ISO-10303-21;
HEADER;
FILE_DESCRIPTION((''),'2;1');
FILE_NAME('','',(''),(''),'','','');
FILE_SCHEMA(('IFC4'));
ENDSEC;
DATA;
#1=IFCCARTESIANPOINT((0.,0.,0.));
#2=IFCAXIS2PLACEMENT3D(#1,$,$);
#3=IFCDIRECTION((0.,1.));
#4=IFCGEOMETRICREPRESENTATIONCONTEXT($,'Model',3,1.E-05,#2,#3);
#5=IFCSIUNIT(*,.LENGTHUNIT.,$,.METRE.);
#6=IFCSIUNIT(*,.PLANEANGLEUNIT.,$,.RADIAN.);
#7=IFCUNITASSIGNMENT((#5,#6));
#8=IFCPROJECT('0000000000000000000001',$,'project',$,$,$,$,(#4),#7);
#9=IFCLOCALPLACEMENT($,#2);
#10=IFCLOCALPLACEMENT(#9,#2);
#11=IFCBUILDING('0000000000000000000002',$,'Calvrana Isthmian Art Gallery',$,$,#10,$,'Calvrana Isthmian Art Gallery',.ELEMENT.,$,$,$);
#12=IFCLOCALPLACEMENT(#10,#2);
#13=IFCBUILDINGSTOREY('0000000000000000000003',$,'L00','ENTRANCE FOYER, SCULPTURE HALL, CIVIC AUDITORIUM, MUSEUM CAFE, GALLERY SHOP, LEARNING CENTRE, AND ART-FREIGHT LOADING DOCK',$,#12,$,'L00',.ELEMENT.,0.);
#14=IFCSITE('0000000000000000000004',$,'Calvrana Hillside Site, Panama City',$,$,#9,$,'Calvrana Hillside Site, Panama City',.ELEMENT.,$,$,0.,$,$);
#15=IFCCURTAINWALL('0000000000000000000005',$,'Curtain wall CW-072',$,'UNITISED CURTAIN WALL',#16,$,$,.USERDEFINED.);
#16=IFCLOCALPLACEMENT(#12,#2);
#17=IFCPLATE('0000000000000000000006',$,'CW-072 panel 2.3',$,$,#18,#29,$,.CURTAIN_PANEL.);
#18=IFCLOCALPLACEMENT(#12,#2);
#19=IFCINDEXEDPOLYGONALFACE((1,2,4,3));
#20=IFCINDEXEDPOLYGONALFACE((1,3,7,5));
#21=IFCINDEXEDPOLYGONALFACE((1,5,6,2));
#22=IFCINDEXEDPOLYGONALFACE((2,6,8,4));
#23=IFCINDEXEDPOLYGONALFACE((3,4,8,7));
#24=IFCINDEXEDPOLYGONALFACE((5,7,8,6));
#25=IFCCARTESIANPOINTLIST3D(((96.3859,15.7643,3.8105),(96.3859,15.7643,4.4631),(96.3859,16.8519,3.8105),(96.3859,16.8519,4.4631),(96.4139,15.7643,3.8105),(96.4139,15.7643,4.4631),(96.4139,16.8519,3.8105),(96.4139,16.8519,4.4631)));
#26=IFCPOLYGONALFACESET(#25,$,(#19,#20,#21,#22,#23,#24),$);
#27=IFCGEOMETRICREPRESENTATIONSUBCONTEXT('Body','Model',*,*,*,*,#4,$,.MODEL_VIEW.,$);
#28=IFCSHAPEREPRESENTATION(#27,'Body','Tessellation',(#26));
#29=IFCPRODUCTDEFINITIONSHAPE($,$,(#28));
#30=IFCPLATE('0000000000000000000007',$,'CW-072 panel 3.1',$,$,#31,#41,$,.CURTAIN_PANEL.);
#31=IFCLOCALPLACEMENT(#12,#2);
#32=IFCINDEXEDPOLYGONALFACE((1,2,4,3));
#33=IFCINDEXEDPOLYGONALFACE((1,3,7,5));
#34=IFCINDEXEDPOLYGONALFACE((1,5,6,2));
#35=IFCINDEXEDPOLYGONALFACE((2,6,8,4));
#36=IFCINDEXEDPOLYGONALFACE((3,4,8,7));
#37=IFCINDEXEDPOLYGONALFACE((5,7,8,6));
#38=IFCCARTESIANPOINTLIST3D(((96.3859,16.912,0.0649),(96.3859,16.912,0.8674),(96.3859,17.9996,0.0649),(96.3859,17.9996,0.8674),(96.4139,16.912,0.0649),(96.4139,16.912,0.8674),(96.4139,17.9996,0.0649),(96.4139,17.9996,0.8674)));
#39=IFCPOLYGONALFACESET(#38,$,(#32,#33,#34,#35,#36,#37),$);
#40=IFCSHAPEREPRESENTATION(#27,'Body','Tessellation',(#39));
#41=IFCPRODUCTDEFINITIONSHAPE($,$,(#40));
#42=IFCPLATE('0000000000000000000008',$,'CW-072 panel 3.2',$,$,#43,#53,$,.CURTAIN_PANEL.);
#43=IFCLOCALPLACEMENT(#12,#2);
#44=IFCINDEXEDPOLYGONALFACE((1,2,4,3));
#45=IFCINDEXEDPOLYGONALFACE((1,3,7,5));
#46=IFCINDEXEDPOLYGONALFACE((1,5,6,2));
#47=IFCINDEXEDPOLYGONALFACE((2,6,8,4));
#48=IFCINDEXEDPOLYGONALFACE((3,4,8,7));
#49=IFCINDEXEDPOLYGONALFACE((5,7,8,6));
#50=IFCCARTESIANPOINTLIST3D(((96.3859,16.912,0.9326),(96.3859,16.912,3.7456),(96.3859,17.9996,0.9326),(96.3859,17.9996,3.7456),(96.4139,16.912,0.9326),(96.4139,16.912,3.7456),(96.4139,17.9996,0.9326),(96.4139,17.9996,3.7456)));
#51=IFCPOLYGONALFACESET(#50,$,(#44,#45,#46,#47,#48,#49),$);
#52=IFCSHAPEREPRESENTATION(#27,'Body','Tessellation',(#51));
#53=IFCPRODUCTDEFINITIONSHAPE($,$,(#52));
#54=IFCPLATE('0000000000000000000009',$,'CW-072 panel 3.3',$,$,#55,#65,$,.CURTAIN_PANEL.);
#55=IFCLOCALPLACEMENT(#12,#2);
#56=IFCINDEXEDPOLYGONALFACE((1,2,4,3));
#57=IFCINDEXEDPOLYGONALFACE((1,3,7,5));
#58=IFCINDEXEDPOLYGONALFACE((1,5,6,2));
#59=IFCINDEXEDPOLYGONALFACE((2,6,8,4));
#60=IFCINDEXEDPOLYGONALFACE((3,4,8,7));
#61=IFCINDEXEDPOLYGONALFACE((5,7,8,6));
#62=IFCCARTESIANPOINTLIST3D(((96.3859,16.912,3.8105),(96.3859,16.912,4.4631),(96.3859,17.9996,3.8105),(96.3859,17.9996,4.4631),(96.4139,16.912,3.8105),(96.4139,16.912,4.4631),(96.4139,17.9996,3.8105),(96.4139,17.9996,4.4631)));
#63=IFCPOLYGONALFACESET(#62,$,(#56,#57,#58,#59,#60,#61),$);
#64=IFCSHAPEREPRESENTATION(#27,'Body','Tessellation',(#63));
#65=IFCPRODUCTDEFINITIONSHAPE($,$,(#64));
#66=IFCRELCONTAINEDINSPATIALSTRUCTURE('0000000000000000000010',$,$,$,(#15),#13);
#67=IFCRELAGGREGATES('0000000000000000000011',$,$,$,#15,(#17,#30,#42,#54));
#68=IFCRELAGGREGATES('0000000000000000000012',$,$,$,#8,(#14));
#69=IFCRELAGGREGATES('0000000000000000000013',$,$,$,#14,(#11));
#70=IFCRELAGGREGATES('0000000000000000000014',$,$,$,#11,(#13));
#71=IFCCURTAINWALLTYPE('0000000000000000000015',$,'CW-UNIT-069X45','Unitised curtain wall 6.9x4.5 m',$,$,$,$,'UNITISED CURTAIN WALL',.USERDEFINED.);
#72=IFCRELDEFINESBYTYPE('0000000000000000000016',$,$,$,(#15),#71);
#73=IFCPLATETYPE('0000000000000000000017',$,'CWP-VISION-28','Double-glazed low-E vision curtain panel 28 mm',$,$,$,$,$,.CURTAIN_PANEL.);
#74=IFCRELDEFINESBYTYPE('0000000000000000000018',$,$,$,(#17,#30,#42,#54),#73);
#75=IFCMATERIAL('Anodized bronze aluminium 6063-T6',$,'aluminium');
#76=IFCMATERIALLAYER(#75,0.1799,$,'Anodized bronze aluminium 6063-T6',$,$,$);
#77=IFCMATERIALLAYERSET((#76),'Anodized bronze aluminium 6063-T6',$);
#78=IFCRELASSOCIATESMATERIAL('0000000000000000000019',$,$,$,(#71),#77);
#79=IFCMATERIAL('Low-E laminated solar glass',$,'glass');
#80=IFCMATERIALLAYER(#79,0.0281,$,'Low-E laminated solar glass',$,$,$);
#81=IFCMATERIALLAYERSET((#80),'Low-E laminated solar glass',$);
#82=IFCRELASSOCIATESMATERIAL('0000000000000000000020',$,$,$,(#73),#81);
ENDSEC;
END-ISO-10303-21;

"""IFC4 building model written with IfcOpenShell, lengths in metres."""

from ifc_helpers import new_model, si_unit, direction, frame, origin, origin_2d, place, context, subcontext, project, spatial, rectangle, extrude, material, layer, layer_set, type_object, element, aggregate, save


model = new_model("IFC4")

# Units and contexts
model_context = context("Model", 3, precision=1e-05, world=origin(), true_north=direction((0.0, 1.0)))
body_context = subcontext(model_context, "Body", "Model", "MODEL_VIEW")
ifc_project = project(units=[si_unit("LENGTHUNIT", "METRE"), si_unit("PLANEANGLEUNIT", "RADIAN")], contexts=[model_context])

# Site, building, storey
site_placement = place(None, origin())
site = spatial("IfcSite", under=ifc_project, at=site_placement, Name="Calvrana Hillside Site, Panama City", LongName="Calvrana Hillside Site, Panama City", CompositionType="ELEMENT", RefElevation=0.0)
building_placement = place(site_placement, origin())
building = spatial("IfcBuilding", under=site, at=building_placement, Name="Calvrana Isthmian Art Gallery", LongName="Calvrana Isthmian Art Gallery", CompositionType="ELEMENT")
storey_placement = place(building_placement, origin())
storey = spatial("IfcBuildingStorey", under=building, at=storey_placement, Name="L00", Description="ENTRANCE FOYER, SCULPTURE HALL, CIVIC AUDITORIUM, MUSEUM CAFE, GALLERY SHOP, LEARNING CENTRE, AND ART-FREIGHT LOADING DOCK", LongName="L00", CompositionType="ELEMENT", Elevation=0.0)

# Curtain wall
ifc_material_1 = material(Name="Anodized bronze aluminium 6063-T6", Category="aluminium")
ifc_layer_1 = layer(ifc_material_1, 0.1799, Name="Anodized bronze aluminium 6063-T6")
ifc_layer_set_1 = layer_set([ifc_layer_1], Name="Anodized bronze aluminium 6063-T6")
curtain_wall_type_1 = type_object("IfcCurtainWallType", Name="CW-UNIT-069X45", Description="Unitised curtain wall 6.9x4.5 m", ElementType="UNITISED CURTAIN WALL", PredefinedType="USERDEFINED", material=ifc_layer_set_1)
curtain_wall_1_placement = place(storey_placement, origin())
curtain_wall_1 = element("IfcCurtainWall", 1, at=curtain_wall_1_placement, inside=storey, type_object=curtain_wall_type_1, Name="Curtain wall CW-072", ObjectType="UNITISED CURTAIN WALL", PredefinedType="USERDEFINED")

# Plates
ifc_material_2 = material(Name="Low-E laminated solar glass", Category="glass")
ifc_layer_2 = layer(ifc_material_2, 0.0281, Name="Low-E laminated solar glass")
ifc_layer_set_2 = layer_set([ifc_layer_2], Name="Low-E laminated solar glass")
plate_type = type_object("IfcPlateType", Name="CWP-VISION-28", Description="Double-glazed low-E vision curtain panel 28 mm", PredefinedType="CURTAIN_PANEL", material=ifc_layer_set_2)
plate_1_placement = place(storey_placement, frame((96.3999, 16.3081, 3.8105), z_axis=(0.0, 0.0, 1.0), x_axis=(0.0, 1.0, 0.0)))
plate_1 = element("IfcPlate", 2, at=plate_1_placement, type_object=plate_type, Name="CW-072 panel 2.3", PredefinedType="CURTAIN_PANEL", context=body_context, shape_type="SweptSolid", body=[
    extrude(rectangle(XDim=1.0876, YDim=0.0281, at=origin_2d()), origin(), (0.0, 0.0, 1.0), 0.6526),
])
plate_2_placement = place(storey_placement, frame((96.3999, 17.4558, 0.0649), z_axis=(0.0, 0.0, 1.0), x_axis=(0.0, 1.0, 0.0)))
plate_2 = element("IfcPlate", 3, at=plate_2_placement, type_object=plate_type, Name="CW-072 panel 3.1", PredefinedType="CURTAIN_PANEL", context=body_context, shape_type="SweptSolid", body=[
    extrude(rectangle(XDim=1.0876, YDim=0.0281, at=origin_2d()), origin(), (0.0, 0.0, 1.0), 0.8025),
])
plate_3_placement = place(storey_placement, frame((96.3999, 17.4558, 0.9326), z_axis=(0.0, 0.0, 1.0), x_axis=(0.0, 1.0, 0.0)))
plate_3 = element("IfcPlate", 4, at=plate_3_placement, type_object=plate_type, Name="CW-072 panel 3.2", PredefinedType="CURTAIN_PANEL", context=body_context, shape_type="SweptSolid", body=[
    extrude(rectangle(XDim=1.0876, YDim=0.0281, at=origin_2d()), origin(), (0.0, 0.0, 1.0), 2.813),
])
plate_4_placement = place(storey_placement, frame((96.3999, 17.4558, 3.8105), z_axis=(0.0, 0.0, 1.0), x_axis=(0.0, 1.0, 0.0)))
plate_4 = element("IfcPlate", 5, at=plate_4_placement, type_object=plate_type, Name="CW-072 panel 3.3", PredefinedType="CURTAIN_PANEL", context=body_context, shape_type="SweptSolid", body=[
    extrude(rectangle(XDim=1.0876, YDim=0.0281, at=origin_2d()), origin(), (0.0, 0.0, 1.0), 0.6526),
])
aggregate(curtain_wall_1, [plate_1, plate_2, plate_3, plate_4])

save(model, "model.ifc")
